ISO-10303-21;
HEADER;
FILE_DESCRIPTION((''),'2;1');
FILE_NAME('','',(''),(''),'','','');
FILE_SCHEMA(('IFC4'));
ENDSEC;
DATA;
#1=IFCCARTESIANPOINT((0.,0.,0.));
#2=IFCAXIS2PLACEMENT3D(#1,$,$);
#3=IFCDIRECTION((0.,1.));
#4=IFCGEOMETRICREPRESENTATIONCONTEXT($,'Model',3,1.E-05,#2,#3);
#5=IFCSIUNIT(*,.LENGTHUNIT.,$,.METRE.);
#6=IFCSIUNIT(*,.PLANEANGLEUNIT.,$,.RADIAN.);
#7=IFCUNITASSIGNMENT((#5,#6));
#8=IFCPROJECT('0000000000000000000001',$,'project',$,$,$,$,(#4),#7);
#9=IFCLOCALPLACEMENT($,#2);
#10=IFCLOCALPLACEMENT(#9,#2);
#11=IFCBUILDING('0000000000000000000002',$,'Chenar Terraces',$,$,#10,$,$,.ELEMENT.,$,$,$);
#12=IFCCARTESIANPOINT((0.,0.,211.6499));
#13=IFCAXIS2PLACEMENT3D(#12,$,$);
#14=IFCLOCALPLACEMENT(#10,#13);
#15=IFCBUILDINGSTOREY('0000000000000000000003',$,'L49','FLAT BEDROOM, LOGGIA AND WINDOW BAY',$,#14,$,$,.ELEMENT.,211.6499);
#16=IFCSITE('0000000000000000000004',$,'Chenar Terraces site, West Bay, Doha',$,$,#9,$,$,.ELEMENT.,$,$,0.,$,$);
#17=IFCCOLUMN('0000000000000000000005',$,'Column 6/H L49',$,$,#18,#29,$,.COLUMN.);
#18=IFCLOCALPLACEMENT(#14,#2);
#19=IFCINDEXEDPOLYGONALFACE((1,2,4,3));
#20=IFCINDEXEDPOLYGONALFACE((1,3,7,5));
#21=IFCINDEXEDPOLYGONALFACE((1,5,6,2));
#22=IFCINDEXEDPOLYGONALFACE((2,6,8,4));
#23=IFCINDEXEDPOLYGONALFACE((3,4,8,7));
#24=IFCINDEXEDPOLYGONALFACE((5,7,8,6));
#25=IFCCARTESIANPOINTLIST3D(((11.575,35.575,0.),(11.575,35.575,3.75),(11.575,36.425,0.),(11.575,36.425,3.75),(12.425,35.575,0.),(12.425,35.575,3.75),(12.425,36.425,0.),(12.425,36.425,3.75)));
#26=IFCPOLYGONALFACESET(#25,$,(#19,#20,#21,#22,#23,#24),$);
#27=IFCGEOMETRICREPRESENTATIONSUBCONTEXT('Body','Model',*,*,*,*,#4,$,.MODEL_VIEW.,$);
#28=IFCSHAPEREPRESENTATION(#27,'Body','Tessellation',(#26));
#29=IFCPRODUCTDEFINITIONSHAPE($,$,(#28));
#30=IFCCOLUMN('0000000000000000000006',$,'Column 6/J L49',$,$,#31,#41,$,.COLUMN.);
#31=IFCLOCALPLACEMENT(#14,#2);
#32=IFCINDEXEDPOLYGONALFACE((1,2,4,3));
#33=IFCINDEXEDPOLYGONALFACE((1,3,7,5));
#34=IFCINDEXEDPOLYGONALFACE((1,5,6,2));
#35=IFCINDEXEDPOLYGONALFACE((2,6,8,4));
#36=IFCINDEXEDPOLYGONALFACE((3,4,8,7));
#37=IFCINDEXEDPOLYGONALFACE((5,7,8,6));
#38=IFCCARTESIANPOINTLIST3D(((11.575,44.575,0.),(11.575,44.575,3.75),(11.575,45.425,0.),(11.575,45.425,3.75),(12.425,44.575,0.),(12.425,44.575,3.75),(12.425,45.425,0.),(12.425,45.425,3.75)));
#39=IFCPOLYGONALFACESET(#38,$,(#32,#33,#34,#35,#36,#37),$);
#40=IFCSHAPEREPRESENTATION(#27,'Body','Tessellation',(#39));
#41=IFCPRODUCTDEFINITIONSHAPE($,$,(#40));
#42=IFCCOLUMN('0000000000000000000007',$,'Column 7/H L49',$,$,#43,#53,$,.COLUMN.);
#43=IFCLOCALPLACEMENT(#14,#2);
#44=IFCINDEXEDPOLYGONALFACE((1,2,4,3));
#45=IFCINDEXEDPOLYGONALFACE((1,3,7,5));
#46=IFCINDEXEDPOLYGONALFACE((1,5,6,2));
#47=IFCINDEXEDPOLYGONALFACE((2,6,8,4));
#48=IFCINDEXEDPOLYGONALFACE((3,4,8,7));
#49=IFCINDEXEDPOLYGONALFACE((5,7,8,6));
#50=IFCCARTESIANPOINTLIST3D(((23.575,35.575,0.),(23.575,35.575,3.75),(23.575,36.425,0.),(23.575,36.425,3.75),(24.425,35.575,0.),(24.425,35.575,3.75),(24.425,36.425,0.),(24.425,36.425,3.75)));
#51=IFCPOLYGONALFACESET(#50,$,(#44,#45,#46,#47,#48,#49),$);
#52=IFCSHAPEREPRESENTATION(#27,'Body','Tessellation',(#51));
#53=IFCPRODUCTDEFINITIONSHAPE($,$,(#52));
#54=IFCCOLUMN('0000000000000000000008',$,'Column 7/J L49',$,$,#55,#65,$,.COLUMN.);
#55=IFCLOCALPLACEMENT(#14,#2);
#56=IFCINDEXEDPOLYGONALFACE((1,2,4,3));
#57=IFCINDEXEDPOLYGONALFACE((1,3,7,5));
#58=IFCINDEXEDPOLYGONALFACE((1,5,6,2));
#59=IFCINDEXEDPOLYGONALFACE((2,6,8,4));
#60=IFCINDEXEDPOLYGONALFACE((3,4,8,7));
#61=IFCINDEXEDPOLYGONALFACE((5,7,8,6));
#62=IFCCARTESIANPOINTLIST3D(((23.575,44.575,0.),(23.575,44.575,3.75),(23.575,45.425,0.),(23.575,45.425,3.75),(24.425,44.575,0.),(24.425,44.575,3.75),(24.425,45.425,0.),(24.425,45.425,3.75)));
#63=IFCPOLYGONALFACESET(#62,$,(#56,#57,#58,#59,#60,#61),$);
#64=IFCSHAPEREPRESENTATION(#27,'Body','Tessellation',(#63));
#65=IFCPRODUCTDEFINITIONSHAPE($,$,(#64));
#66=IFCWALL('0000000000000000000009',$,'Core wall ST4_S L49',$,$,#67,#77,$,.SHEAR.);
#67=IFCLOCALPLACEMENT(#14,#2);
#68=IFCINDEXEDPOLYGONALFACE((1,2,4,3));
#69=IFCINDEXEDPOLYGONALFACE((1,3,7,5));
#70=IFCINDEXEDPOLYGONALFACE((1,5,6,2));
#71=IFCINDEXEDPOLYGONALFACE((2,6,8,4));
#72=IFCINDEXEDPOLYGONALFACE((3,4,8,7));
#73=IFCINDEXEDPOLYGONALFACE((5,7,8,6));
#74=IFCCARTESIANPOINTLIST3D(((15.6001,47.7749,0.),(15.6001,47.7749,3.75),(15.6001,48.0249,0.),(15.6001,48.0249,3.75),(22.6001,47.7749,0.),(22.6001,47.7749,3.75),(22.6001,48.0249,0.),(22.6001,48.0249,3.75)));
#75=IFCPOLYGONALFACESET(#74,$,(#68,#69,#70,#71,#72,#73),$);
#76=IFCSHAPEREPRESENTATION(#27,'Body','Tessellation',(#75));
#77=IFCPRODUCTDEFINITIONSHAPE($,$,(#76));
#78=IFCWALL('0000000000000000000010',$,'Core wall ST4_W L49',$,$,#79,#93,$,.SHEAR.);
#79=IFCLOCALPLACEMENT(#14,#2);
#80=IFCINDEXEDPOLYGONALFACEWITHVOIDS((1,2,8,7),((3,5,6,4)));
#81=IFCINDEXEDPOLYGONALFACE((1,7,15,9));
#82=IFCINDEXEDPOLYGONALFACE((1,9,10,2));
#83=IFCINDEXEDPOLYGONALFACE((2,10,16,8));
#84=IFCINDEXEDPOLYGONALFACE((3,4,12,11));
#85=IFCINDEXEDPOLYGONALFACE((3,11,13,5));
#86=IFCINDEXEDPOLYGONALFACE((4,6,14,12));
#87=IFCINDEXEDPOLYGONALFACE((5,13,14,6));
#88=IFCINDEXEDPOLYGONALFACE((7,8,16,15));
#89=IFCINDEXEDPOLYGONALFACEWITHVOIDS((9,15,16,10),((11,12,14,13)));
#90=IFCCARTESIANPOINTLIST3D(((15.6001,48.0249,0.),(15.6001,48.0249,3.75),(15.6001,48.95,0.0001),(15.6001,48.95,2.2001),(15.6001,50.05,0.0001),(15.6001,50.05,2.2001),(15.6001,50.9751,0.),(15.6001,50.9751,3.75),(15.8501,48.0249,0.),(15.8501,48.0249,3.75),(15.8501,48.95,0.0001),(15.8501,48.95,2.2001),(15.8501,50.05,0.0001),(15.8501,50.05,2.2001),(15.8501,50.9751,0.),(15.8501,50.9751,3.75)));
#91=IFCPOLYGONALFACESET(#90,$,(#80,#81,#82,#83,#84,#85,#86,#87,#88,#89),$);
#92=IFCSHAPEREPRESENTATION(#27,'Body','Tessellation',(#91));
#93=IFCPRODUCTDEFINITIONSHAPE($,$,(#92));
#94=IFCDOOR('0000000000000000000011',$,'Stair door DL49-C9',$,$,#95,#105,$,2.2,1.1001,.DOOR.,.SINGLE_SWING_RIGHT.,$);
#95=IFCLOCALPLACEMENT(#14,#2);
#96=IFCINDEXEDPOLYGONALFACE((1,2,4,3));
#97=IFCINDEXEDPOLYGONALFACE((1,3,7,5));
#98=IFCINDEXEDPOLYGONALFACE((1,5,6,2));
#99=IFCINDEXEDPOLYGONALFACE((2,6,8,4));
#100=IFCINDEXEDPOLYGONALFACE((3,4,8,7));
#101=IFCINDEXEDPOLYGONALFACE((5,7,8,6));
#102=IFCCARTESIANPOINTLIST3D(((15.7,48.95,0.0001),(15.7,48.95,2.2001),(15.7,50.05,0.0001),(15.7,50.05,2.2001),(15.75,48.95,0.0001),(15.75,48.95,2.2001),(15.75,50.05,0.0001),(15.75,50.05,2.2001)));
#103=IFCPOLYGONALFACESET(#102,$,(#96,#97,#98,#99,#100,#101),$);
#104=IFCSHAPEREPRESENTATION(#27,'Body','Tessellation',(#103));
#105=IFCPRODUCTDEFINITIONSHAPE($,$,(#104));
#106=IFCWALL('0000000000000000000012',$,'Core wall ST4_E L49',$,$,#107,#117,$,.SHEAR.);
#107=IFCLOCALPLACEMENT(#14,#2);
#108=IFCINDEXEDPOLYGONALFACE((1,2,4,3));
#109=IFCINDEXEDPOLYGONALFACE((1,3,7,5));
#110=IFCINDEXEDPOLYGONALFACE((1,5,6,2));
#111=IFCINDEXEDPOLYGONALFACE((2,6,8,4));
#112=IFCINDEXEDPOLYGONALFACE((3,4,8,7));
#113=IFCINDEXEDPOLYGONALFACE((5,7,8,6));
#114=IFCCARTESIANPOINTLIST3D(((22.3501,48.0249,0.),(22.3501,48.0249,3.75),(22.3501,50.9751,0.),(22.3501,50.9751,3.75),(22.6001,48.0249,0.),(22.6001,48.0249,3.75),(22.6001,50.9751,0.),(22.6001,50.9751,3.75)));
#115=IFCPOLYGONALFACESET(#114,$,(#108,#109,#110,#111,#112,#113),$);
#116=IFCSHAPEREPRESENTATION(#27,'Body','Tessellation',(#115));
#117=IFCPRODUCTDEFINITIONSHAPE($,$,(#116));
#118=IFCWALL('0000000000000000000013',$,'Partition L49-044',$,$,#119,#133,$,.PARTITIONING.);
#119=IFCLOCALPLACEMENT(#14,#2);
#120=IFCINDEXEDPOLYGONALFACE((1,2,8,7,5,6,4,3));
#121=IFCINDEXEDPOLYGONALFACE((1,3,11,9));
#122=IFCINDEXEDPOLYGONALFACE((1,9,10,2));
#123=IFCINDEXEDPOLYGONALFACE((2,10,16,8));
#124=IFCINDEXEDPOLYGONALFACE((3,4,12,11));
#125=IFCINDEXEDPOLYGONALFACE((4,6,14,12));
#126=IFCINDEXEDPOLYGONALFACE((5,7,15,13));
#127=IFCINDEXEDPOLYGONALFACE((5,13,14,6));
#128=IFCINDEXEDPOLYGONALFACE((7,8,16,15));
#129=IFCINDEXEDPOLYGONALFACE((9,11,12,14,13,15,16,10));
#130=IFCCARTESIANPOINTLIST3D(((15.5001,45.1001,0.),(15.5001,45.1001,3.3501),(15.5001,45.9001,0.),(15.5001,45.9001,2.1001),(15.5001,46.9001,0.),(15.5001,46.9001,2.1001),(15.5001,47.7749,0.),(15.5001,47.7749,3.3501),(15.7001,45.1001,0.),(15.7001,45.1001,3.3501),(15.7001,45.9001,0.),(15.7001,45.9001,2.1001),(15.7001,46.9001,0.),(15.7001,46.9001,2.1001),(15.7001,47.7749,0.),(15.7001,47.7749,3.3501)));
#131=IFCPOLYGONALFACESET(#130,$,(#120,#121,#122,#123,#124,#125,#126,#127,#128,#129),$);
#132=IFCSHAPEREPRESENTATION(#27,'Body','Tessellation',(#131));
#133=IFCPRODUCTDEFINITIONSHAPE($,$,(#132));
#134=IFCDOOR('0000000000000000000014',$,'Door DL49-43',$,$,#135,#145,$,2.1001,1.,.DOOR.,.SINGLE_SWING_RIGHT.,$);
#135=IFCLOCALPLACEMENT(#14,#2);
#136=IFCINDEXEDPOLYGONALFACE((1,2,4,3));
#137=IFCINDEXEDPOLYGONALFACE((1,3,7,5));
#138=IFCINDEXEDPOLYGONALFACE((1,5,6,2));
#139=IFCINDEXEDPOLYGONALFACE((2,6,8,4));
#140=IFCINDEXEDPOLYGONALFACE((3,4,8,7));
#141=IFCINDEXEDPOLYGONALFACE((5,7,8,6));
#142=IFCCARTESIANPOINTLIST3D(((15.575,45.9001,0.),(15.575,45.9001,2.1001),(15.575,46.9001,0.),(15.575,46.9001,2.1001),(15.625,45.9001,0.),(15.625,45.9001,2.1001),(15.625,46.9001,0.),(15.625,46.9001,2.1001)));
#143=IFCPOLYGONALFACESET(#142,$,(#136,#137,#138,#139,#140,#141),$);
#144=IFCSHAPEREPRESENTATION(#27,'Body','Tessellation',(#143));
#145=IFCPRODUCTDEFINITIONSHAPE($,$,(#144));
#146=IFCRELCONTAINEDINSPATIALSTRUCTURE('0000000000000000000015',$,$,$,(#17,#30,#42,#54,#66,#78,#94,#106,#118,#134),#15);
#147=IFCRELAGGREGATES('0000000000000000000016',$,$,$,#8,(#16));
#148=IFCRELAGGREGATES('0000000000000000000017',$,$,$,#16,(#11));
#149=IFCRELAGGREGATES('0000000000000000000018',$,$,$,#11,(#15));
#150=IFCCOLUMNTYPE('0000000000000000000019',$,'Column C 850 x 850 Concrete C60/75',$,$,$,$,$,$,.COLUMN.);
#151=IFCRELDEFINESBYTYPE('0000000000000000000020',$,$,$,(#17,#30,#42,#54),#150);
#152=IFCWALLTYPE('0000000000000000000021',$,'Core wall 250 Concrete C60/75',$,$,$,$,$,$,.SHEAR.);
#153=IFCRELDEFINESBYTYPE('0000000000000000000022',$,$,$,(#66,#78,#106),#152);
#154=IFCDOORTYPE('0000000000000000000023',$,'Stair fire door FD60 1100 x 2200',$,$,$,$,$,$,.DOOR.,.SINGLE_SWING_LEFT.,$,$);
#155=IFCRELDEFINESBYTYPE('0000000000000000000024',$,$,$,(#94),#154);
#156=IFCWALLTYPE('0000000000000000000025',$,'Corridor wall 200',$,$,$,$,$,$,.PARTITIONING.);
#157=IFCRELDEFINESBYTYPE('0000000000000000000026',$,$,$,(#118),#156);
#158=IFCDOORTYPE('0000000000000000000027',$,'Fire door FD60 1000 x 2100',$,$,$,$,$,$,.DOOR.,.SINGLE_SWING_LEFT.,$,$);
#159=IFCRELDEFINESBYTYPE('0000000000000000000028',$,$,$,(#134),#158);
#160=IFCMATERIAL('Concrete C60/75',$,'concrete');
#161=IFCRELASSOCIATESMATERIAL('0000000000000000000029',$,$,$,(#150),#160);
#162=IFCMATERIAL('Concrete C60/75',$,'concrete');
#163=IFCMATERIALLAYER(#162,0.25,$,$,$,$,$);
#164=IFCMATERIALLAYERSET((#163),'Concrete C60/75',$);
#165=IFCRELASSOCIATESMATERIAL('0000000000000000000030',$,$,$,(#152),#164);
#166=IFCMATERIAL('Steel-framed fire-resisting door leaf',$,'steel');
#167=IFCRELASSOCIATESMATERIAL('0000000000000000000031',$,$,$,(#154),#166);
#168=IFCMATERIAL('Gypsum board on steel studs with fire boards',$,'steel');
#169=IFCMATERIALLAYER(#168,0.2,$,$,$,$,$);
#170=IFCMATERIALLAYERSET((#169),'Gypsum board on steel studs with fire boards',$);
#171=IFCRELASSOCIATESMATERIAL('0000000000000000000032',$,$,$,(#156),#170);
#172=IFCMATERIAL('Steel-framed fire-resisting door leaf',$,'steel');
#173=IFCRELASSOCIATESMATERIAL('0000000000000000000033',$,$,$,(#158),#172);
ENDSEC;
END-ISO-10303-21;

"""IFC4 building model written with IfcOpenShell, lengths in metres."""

from ifc_helpers import new_model, si_unit, direction, frame, frame_2d, origin, origin_2d, place, context, subcontext, project, spatial, rectangle, extrude, material, layer, layer_set, material_profile, profile_set, type_object, element, fill, save


model = new_model("IFC4")

# Units and contexts
model_context = context("Model", 3, precision=1e-05, world=origin(), true_north=direction((0.0, 1.0)))
body_context = subcontext(model_context, "Body", "Model", "MODEL_VIEW")
ifc_project = project(units=[si_unit("LENGTHUNIT", "METRE"), si_unit("PLANEANGLEUNIT", "RADIAN")], contexts=[model_context])

# Site, building, storey
site_placement = place(None, origin())
site = spatial("IfcSite", under=ifc_project, at=site_placement, Name="Chenar Terraces site, West Bay, Doha", CompositionType="ELEMENT", RefElevation=0.0)
building_placement = place(site_placement, origin())
building = spatial("IfcBuilding", under=site, at=building_placement, Name="Chenar Terraces", CompositionType="ELEMENT")
storey_placement = place(building_placement, frame((0.0, 0.0, 211.6499)))
storey = spatial("IfcBuildingStorey", under=building, at=storey_placement, Name="L49", Description="FLAT BEDROOM, LOGGIA AND WINDOW BAY", CompositionType="ELEMENT", Elevation=211.6499)

# Columns
ifc_material_1 = material(Name="Concrete C60/75", Category="concrete")
ifc_material_profile = material_profile(ifc_material_1, rectangle(XDim=0.8501, YDim=0.8501, at=origin_2d()), Name="C 850 x 850")
ifc_profile_set = profile_set([ifc_material_profile], Name="Concrete C60/75")
column_type = type_object("IfcColumnType", Name="Column C 850 x 850 Concrete C60/75", PredefinedType="COLUMN", material=ifc_profile_set)
for number, where, z_axis, x_axis, name in (
    (1, (12.0, 36.0, 0.0), (0.0, 0.0, 1.0), (1.0, 0.0, 0.0), "Column 6/H L49"),
    (2, (12.0, 45.0, 0.0), (0.0, 0.0, 1.0), (1.0, 0.0, 0.0), "Column 6/J L49"),
    (3, (24.0, 36.0, 0.0), (0.0, 0.0, 1.0), (1.0, 0.0, 0.0), "Column 7/H L49"),
    (4, (24.0, 45.0, 0.0), (0.0, 0.0, 1.0), (1.0, 0.0, 0.0), "Column 7/J L49"),
):
    element("IfcColumn", number, at=place(storey_placement, frame(where, z_axis=z_axis, x_axis=x_axis)), inside=storey, type_object=column_type, Name=name, PredefinedType="COLUMN", context=body_context, shape_type="SweptSolid", body=[
        extrude(rectangle(XDim=0.8501, YDim=0.8501, at=origin_2d()), origin(), (0.0, 0.0, 1.0), 3.75),
    ])

# Wall
ifc_material_2 = material(Name="Concrete C60/75", Category="concrete")
ifc_layer_1 = layer(ifc_material_2, 0.25)
ifc_layer_set_1 = layer_set([ifc_layer_1], Name="Concrete C60/75")
wall_type_1 = type_object("IfcWallType", Name="Core wall 250 Concrete C60/75", PredefinedType="SHEAR", material=ifc_layer_set_1)
wall_1_placement = place(storey_placement, frame((15.6001, 47.8999, 0.0), z_axis=(0.0, 0.0, 1.0), x_axis=(1.0, 0.0, 0.0)))
element("IfcWall", 5, at=wall_1_placement, inside=storey, type_object=wall_type_1, Name="Core wall ST4_S L49", PredefinedType="SHEAR", context=body_context, shape_type="SweptSolid", body=[
    extrude(rectangle(XDim=7.0, YDim=0.25, at=frame_2d((3.5, 0.0))), origin(), (0.0, 0.0, 1.0), 3.75),
])

# Wall, opening, door
wall_2_placement = place(storey_placement, frame((15.7251, 48.0249, 0.0), z_axis=(0.0, 0.0, 1.0), x_axis=(0.0, 1.0, 0.0)))
wall_2 = element("IfcWall", 6, at=wall_2_placement, inside=storey, type_object=wall_type_1, Name="Core wall ST4_W L49", PredefinedType="SHEAR", context=body_context, shape_type="SweptSolid", body=[
    extrude(rectangle(XDim=2.9502, YDim=0.25, at=frame_2d((1.4751, 0.0))), origin(), (0.0, 0.0, 1.0), 3.75),
])
opening_1_placement = place(wall_2_placement, frame((0.925, 0.0, 0.0)))
opening_1 = element("IfcOpeningElement", 7, at=opening_1_placement, cuts=wall_2, PredefinedType="OPENING", context=body_context, shape_type="SweptSolid", body=[
    extrude(rectangle(XDim=1.1001, YDim=2.2, at=frame_2d((0.55, 1.1001))), frame((0.0, 0.135, 0.0), z_axis=(0.0, -1.0, 0.0), x_axis=(1.0, 0.0, 0.0)), (0.0, 0.0, 1.0), 0.27),
])
ifc_material_3 = material(Name="Steel-framed fire-resisting door leaf", Category="steel")
door_type_1 = type_object("IfcDoorType", Name="Stair fire door FD60 1100 x 2200", OperationType="SINGLE_SWING_LEFT", PredefinedType="DOOR", material=ifc_material_3)
door_1_placement = place(opening_1_placement, frame((1.1001, 0.0, 0.0), z_axis=(0.0, 0.0, 1.0), x_axis=(-1.0, 0.0, 0.0)))
door_1 = element("IfcDoor", 8, at=door_1_placement, inside=storey, type_object=door_type_1, Name="Stair door DL49-C9", OperationType="SINGLE_SWING_RIGHT", OverallHeight=2.2, OverallWidth=1.1001, PredefinedType="DOOR", context=body_context, shape_type="SweptSolid", body=[
    extrude(rectangle(XDim=1.1001, YDim=2.2, at=frame_2d((0.55, 1.1001))), frame((0.0, 0.0249, 0.0), z_axis=(0.0, -1.0, 0.0), x_axis=(1.0, 0.0, 0.0)), (0.0, 0.0, 1.0), 0.05),
])
fill(opening_1, door_1)

# Wall
wall_3_placement = place(storey_placement, frame((22.4751, 48.0249, 0.0), z_axis=(0.0, 0.0, 1.0), x_axis=(0.0, 1.0, 0.0)))
element("IfcWall", 9, at=wall_3_placement, inside=storey, type_object=wall_type_1, Name="Core wall ST4_E L49", PredefinedType="SHEAR", context=body_context, shape_type="SweptSolid", body=[
    extrude(rectangle(XDim=2.9502, YDim=0.25, at=frame_2d((1.4751, 0.0))), origin(), (0.0, 0.0, 1.0), 3.75),
])

# Wall, opening, door
ifc_material_4 = material(Name="Gypsum board on steel studs with fire boards", Category="steel")
ifc_layer_2 = layer(ifc_material_4, 0.2)
ifc_layer_set_2 = layer_set([ifc_layer_2], Name="Gypsum board on steel studs with fire boards")
wall_type_2 = type_object("IfcWallType", Name="Corridor wall 200", PredefinedType="PARTITIONING", material=ifc_layer_set_2)
wall_4_placement = place(storey_placement, frame((15.6001, 45.1001, 0.0), z_axis=(0.0, 0.0, 1.0), x_axis=(0.0, 1.0, 0.0)))
wall_4 = element("IfcWall", 10, at=wall_4_placement, inside=storey, type_object=wall_type_2, Name="Partition L49-044", PredefinedType="PARTITIONING", context=body_context, shape_type="SweptSolid", body=[
    extrude(rectangle(XDim=2.6748, YDim=0.2, at=frame_2d((1.3374, 0.0))), origin(), (0.0, 0.0, 1.0), 3.3501),
])
opening_2_placement = place(wall_4_placement, frame((0.8, 0.0, 0.0)))
opening_2 = element("IfcOpeningElement", 11, at=opening_2_placement, cuts=wall_4, PredefinedType="OPENING", context=body_context, shape_type="SweptSolid", body=[
    extrude(rectangle(XDim=1.0, YDim=2.1001, at=frame_2d((0.5, 1.05))), frame((0.0, 0.1099, 0.0), z_axis=(0.0, -1.0, 0.0), x_axis=(1.0, 0.0, 0.0)), (0.0, 0.0, 1.0), 0.22),
])
ifc_material_5 = material(Name="Steel-framed fire-resisting door leaf", Category="steel")
door_type_2 = type_object("IfcDoorType", Name="Fire door FD60 1000 x 2100", OperationType="SINGLE_SWING_LEFT", PredefinedType="DOOR", material=ifc_material_5)
door_2_placement = place(opening_2_placement, frame((1.0, 0.0, 0.0), z_axis=(0.0, 0.0, 1.0), x_axis=(-1.0, 0.0, 0.0)))
door_2 = element("IfcDoor", 12, at=door_2_placement, inside=storey, type_object=door_type_2, Name="Door DL49-43", OperationType="SINGLE_SWING_RIGHT", OverallHeight=2.1001, OverallWidth=1.0, PredefinedType="DOOR", context=body_context, shape_type="SweptSolid", body=[
    extrude(rectangle(XDim=1.0, YDim=2.1001, at=frame_2d((0.5, 1.05))), frame((0.0, 0.0249, 0.0), z_axis=(0.0, -1.0, 0.0), x_axis=(1.0, 0.0, 0.0)), (0.0, 0.0, 1.0), 0.05),
])
fill(opening_2, door_2)

save(model, "model.ifc")
